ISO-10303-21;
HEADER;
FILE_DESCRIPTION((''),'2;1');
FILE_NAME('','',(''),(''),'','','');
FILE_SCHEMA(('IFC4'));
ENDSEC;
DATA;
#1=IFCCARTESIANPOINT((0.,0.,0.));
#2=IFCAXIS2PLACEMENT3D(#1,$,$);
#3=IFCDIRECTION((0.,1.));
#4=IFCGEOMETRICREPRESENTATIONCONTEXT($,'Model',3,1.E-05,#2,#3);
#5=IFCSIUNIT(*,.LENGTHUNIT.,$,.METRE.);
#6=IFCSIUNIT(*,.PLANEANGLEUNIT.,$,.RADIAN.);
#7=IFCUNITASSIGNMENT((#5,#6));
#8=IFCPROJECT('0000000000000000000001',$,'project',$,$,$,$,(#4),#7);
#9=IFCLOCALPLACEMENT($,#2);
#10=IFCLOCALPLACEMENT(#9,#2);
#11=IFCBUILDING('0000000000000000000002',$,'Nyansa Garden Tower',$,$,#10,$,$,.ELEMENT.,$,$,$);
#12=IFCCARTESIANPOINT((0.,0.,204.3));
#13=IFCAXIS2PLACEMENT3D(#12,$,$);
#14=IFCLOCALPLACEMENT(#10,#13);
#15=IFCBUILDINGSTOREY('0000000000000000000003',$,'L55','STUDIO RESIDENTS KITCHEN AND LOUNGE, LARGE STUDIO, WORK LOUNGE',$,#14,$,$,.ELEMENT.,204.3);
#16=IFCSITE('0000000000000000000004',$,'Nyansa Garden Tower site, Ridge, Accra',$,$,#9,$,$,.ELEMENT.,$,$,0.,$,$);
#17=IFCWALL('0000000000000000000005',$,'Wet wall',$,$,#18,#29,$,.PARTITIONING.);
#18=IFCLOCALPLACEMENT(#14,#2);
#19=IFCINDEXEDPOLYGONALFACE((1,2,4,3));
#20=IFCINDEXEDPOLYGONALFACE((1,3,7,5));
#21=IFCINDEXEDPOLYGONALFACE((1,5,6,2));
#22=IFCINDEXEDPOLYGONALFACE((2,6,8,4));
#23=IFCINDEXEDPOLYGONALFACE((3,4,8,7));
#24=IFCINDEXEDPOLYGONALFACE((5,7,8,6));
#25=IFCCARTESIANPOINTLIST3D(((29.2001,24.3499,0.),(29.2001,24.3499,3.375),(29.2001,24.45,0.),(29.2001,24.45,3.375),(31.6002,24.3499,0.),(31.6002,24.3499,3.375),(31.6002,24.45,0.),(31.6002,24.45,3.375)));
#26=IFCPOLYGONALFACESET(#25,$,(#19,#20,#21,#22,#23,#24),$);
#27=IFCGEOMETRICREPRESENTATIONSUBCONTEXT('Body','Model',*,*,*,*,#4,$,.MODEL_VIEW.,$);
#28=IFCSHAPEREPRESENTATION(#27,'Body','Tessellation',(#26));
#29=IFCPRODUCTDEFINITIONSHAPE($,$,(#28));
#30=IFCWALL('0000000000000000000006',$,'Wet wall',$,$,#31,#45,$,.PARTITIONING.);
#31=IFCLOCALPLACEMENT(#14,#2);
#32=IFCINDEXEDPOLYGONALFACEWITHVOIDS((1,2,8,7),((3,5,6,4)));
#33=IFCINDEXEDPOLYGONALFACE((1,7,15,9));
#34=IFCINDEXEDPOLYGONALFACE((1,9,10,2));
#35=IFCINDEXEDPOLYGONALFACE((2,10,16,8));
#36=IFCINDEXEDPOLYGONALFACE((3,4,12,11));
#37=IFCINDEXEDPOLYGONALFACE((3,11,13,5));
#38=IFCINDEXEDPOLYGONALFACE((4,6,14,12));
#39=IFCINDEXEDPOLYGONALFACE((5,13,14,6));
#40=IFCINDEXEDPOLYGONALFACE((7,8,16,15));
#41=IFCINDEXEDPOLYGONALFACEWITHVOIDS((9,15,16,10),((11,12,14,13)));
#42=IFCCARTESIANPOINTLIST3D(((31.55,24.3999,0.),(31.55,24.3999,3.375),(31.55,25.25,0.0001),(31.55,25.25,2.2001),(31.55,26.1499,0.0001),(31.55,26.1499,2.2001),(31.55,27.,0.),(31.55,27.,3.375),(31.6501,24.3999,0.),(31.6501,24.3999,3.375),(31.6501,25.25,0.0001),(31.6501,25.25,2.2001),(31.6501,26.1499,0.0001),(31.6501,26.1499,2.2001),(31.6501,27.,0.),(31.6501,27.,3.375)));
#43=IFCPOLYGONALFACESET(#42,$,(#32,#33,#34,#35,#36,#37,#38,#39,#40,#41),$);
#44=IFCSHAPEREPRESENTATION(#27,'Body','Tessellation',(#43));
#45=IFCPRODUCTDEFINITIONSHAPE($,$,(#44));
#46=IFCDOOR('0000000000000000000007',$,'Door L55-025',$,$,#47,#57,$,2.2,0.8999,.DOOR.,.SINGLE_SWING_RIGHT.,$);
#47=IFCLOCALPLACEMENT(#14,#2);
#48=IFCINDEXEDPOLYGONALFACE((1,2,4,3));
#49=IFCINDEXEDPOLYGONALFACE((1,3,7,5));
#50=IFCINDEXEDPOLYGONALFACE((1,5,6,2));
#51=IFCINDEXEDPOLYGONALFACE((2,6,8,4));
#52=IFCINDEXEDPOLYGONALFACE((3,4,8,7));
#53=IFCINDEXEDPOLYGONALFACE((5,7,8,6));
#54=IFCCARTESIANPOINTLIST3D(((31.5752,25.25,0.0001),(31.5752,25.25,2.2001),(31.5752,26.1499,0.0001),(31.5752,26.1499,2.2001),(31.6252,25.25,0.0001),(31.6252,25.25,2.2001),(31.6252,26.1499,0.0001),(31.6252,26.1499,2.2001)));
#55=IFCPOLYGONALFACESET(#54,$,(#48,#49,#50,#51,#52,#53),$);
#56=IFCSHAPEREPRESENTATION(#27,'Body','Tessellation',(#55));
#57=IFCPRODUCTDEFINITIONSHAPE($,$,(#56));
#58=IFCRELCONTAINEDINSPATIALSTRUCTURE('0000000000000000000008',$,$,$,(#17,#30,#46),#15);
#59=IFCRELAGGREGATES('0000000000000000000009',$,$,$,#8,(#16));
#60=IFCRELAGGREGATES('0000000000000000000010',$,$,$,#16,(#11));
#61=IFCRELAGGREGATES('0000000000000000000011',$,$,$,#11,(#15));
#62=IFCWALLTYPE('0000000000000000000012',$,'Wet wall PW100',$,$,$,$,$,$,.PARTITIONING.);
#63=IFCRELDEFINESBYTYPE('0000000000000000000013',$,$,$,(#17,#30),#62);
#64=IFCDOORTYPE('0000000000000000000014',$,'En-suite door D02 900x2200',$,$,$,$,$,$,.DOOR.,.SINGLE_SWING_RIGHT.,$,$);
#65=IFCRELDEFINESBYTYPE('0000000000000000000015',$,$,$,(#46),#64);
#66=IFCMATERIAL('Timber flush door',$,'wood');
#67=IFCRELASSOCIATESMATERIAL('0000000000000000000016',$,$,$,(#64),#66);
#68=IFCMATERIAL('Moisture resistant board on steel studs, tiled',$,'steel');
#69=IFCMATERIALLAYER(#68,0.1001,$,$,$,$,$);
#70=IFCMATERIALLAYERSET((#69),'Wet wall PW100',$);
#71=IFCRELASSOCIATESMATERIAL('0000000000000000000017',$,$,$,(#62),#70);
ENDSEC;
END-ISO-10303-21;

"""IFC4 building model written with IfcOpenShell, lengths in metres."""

from ifc_helpers import new_model, si_unit, direction, frame, frame_2d, origin, place, context, subcontext, project, spatial, rectangle, extrude, material, layer, layer_set, type_object, element, fill, save


model = new_model("IFC4")

# Units and contexts
model_context = context("Model", 3, precision=1e-05, world=origin(), true_north=direction((0.0, 1.0)))
body_context = subcontext(model_context, "Body", "Model", "MODEL_VIEW")
ifc_project = project(units=[si_unit("LENGTHUNIT", "METRE"), si_unit("PLANEANGLEUNIT", "RADIAN")], contexts=[model_context])

# Site, building, storey
site_placement = place(None, origin())
site = spatial("IfcSite", under=ifc_project, at=site_placement, Name="Nyansa Garden Tower site, Ridge, Accra", CompositionType="ELEMENT", RefElevation=0.0)
building_placement = place(site_placement, origin())
building = spatial("IfcBuilding", under=site, at=building_placement, Name="Nyansa Garden Tower", CompositionType="ELEMENT")
storey_placement = place(building_placement, frame((0.0, 0.0, 204.3)))
storey = spatial("IfcBuildingStorey", under=building, at=storey_placement, Name="L55", Description="STUDIO RESIDENTS KITCHEN AND LOUNGE, LARGE STUDIO, WORK LOUNGE", CompositionType="ELEMENT", Elevation=204.3)

# Shared definitions
ifc_material_1 = material(Name="Timber flush door", Category="wood")
door_type = type_object("IfcDoorType", Name="En-suite door D02 900x2200", OperationType="SINGLE_SWING_RIGHT", PredefinedType="DOOR", material=ifc_material_1)

# Wall
ifc_material_2 = material(Name="Moisture resistant board on steel studs, tiled", Category="steel")
ifc_layer_1 = layer(ifc_material_2, 0.1001)
ifc_layer_set_1 = layer_set([ifc_layer_1], Name="Wet wall PW100")
wall_type_1 = type_object("IfcWallType", Name="Wet wall PW100", PredefinedType="PARTITIONING", material=ifc_layer_set_1)
wall_1_placement = place(storey_placement, frame((29.2, 24.3999, 0.0), z_axis=(0.0, 0.0, 1.0), x_axis=(1.0, 0.0, 0.0)))
element("IfcWall", 1, at=wall_1_placement, inside=storey, type_object=wall_type_1, Name="Wet wall", PredefinedType="PARTITIONING", context=body_context, shape_type="SweptSolid", body=[
    extrude(rectangle(XDim=2.4001, YDim=0.1001, at=frame_2d((1.2002, 0.0))), origin(), (0.0, 0.0, 1.0), 3.375),
])

# Wall, opening, door
wall_2_placement = place(storey_placement, frame((31.6001, 24.3999, 0.0), z_axis=(0.0, 0.0, 1.0), x_axis=(0.0, 1.0, 0.0)))
wall_2 = element("IfcWall", 2, at=wall_2_placement, inside=storey, type_object=wall_type_1, Name="Wet wall", PredefinedType="PARTITIONING", context=body_context, shape_type="SweptSolid", body=[
    extrude(rectangle(XDim=2.6001, YDim=0.1001, at=frame_2d((1.3, 0.0))), origin(), (0.0, 0.0, 1.0), 3.375),
])
opening_1_placement = place(wall_2_placement, frame((0.8501, 0.0, 0.0)))
opening_1 = element("IfcOpeningElement", 3, at=opening_1_placement, cuts=wall_2, PredefinedType="OPENING", context=body_context, shape_type="SweptSolid", body=[
    extrude(rectangle(XDim=0.8999, YDim=2.2, at=frame_2d((0.45, 1.1001))), frame((0.0, 0.0601, 0.0), z_axis=(0.0, -1.0, 0.0), x_axis=(1.0, 0.0, 0.0)), (0.0, 0.0, 1.0), 0.1201),
])
door_1_placement = place(opening_1_placement, origin())
door_1 = element("IfcDoor", 4, at=door_1_placement, inside=storey, type_object=door_type, Name="Door L55-025", OperationType="SINGLE_SWING_RIGHT", OverallHeight=2.2, OverallWidth=0.8999, PredefinedType="DOOR", context=body_context, shape_type="SweptSolid", body=[
    extrude(rectangle(XDim=0.8999, YDim=2.2, at=frame_2d((0.45, 1.1001))), frame((0.0, 0.0249, 0.0), z_axis=(0.0, -1.0, 0.0), x_axis=(1.0, 0.0, 0.0)), (0.0, 0.0, 1.0), 0.05),
])
fill(opening_1, door_1)

save(model, "model.ifc")
